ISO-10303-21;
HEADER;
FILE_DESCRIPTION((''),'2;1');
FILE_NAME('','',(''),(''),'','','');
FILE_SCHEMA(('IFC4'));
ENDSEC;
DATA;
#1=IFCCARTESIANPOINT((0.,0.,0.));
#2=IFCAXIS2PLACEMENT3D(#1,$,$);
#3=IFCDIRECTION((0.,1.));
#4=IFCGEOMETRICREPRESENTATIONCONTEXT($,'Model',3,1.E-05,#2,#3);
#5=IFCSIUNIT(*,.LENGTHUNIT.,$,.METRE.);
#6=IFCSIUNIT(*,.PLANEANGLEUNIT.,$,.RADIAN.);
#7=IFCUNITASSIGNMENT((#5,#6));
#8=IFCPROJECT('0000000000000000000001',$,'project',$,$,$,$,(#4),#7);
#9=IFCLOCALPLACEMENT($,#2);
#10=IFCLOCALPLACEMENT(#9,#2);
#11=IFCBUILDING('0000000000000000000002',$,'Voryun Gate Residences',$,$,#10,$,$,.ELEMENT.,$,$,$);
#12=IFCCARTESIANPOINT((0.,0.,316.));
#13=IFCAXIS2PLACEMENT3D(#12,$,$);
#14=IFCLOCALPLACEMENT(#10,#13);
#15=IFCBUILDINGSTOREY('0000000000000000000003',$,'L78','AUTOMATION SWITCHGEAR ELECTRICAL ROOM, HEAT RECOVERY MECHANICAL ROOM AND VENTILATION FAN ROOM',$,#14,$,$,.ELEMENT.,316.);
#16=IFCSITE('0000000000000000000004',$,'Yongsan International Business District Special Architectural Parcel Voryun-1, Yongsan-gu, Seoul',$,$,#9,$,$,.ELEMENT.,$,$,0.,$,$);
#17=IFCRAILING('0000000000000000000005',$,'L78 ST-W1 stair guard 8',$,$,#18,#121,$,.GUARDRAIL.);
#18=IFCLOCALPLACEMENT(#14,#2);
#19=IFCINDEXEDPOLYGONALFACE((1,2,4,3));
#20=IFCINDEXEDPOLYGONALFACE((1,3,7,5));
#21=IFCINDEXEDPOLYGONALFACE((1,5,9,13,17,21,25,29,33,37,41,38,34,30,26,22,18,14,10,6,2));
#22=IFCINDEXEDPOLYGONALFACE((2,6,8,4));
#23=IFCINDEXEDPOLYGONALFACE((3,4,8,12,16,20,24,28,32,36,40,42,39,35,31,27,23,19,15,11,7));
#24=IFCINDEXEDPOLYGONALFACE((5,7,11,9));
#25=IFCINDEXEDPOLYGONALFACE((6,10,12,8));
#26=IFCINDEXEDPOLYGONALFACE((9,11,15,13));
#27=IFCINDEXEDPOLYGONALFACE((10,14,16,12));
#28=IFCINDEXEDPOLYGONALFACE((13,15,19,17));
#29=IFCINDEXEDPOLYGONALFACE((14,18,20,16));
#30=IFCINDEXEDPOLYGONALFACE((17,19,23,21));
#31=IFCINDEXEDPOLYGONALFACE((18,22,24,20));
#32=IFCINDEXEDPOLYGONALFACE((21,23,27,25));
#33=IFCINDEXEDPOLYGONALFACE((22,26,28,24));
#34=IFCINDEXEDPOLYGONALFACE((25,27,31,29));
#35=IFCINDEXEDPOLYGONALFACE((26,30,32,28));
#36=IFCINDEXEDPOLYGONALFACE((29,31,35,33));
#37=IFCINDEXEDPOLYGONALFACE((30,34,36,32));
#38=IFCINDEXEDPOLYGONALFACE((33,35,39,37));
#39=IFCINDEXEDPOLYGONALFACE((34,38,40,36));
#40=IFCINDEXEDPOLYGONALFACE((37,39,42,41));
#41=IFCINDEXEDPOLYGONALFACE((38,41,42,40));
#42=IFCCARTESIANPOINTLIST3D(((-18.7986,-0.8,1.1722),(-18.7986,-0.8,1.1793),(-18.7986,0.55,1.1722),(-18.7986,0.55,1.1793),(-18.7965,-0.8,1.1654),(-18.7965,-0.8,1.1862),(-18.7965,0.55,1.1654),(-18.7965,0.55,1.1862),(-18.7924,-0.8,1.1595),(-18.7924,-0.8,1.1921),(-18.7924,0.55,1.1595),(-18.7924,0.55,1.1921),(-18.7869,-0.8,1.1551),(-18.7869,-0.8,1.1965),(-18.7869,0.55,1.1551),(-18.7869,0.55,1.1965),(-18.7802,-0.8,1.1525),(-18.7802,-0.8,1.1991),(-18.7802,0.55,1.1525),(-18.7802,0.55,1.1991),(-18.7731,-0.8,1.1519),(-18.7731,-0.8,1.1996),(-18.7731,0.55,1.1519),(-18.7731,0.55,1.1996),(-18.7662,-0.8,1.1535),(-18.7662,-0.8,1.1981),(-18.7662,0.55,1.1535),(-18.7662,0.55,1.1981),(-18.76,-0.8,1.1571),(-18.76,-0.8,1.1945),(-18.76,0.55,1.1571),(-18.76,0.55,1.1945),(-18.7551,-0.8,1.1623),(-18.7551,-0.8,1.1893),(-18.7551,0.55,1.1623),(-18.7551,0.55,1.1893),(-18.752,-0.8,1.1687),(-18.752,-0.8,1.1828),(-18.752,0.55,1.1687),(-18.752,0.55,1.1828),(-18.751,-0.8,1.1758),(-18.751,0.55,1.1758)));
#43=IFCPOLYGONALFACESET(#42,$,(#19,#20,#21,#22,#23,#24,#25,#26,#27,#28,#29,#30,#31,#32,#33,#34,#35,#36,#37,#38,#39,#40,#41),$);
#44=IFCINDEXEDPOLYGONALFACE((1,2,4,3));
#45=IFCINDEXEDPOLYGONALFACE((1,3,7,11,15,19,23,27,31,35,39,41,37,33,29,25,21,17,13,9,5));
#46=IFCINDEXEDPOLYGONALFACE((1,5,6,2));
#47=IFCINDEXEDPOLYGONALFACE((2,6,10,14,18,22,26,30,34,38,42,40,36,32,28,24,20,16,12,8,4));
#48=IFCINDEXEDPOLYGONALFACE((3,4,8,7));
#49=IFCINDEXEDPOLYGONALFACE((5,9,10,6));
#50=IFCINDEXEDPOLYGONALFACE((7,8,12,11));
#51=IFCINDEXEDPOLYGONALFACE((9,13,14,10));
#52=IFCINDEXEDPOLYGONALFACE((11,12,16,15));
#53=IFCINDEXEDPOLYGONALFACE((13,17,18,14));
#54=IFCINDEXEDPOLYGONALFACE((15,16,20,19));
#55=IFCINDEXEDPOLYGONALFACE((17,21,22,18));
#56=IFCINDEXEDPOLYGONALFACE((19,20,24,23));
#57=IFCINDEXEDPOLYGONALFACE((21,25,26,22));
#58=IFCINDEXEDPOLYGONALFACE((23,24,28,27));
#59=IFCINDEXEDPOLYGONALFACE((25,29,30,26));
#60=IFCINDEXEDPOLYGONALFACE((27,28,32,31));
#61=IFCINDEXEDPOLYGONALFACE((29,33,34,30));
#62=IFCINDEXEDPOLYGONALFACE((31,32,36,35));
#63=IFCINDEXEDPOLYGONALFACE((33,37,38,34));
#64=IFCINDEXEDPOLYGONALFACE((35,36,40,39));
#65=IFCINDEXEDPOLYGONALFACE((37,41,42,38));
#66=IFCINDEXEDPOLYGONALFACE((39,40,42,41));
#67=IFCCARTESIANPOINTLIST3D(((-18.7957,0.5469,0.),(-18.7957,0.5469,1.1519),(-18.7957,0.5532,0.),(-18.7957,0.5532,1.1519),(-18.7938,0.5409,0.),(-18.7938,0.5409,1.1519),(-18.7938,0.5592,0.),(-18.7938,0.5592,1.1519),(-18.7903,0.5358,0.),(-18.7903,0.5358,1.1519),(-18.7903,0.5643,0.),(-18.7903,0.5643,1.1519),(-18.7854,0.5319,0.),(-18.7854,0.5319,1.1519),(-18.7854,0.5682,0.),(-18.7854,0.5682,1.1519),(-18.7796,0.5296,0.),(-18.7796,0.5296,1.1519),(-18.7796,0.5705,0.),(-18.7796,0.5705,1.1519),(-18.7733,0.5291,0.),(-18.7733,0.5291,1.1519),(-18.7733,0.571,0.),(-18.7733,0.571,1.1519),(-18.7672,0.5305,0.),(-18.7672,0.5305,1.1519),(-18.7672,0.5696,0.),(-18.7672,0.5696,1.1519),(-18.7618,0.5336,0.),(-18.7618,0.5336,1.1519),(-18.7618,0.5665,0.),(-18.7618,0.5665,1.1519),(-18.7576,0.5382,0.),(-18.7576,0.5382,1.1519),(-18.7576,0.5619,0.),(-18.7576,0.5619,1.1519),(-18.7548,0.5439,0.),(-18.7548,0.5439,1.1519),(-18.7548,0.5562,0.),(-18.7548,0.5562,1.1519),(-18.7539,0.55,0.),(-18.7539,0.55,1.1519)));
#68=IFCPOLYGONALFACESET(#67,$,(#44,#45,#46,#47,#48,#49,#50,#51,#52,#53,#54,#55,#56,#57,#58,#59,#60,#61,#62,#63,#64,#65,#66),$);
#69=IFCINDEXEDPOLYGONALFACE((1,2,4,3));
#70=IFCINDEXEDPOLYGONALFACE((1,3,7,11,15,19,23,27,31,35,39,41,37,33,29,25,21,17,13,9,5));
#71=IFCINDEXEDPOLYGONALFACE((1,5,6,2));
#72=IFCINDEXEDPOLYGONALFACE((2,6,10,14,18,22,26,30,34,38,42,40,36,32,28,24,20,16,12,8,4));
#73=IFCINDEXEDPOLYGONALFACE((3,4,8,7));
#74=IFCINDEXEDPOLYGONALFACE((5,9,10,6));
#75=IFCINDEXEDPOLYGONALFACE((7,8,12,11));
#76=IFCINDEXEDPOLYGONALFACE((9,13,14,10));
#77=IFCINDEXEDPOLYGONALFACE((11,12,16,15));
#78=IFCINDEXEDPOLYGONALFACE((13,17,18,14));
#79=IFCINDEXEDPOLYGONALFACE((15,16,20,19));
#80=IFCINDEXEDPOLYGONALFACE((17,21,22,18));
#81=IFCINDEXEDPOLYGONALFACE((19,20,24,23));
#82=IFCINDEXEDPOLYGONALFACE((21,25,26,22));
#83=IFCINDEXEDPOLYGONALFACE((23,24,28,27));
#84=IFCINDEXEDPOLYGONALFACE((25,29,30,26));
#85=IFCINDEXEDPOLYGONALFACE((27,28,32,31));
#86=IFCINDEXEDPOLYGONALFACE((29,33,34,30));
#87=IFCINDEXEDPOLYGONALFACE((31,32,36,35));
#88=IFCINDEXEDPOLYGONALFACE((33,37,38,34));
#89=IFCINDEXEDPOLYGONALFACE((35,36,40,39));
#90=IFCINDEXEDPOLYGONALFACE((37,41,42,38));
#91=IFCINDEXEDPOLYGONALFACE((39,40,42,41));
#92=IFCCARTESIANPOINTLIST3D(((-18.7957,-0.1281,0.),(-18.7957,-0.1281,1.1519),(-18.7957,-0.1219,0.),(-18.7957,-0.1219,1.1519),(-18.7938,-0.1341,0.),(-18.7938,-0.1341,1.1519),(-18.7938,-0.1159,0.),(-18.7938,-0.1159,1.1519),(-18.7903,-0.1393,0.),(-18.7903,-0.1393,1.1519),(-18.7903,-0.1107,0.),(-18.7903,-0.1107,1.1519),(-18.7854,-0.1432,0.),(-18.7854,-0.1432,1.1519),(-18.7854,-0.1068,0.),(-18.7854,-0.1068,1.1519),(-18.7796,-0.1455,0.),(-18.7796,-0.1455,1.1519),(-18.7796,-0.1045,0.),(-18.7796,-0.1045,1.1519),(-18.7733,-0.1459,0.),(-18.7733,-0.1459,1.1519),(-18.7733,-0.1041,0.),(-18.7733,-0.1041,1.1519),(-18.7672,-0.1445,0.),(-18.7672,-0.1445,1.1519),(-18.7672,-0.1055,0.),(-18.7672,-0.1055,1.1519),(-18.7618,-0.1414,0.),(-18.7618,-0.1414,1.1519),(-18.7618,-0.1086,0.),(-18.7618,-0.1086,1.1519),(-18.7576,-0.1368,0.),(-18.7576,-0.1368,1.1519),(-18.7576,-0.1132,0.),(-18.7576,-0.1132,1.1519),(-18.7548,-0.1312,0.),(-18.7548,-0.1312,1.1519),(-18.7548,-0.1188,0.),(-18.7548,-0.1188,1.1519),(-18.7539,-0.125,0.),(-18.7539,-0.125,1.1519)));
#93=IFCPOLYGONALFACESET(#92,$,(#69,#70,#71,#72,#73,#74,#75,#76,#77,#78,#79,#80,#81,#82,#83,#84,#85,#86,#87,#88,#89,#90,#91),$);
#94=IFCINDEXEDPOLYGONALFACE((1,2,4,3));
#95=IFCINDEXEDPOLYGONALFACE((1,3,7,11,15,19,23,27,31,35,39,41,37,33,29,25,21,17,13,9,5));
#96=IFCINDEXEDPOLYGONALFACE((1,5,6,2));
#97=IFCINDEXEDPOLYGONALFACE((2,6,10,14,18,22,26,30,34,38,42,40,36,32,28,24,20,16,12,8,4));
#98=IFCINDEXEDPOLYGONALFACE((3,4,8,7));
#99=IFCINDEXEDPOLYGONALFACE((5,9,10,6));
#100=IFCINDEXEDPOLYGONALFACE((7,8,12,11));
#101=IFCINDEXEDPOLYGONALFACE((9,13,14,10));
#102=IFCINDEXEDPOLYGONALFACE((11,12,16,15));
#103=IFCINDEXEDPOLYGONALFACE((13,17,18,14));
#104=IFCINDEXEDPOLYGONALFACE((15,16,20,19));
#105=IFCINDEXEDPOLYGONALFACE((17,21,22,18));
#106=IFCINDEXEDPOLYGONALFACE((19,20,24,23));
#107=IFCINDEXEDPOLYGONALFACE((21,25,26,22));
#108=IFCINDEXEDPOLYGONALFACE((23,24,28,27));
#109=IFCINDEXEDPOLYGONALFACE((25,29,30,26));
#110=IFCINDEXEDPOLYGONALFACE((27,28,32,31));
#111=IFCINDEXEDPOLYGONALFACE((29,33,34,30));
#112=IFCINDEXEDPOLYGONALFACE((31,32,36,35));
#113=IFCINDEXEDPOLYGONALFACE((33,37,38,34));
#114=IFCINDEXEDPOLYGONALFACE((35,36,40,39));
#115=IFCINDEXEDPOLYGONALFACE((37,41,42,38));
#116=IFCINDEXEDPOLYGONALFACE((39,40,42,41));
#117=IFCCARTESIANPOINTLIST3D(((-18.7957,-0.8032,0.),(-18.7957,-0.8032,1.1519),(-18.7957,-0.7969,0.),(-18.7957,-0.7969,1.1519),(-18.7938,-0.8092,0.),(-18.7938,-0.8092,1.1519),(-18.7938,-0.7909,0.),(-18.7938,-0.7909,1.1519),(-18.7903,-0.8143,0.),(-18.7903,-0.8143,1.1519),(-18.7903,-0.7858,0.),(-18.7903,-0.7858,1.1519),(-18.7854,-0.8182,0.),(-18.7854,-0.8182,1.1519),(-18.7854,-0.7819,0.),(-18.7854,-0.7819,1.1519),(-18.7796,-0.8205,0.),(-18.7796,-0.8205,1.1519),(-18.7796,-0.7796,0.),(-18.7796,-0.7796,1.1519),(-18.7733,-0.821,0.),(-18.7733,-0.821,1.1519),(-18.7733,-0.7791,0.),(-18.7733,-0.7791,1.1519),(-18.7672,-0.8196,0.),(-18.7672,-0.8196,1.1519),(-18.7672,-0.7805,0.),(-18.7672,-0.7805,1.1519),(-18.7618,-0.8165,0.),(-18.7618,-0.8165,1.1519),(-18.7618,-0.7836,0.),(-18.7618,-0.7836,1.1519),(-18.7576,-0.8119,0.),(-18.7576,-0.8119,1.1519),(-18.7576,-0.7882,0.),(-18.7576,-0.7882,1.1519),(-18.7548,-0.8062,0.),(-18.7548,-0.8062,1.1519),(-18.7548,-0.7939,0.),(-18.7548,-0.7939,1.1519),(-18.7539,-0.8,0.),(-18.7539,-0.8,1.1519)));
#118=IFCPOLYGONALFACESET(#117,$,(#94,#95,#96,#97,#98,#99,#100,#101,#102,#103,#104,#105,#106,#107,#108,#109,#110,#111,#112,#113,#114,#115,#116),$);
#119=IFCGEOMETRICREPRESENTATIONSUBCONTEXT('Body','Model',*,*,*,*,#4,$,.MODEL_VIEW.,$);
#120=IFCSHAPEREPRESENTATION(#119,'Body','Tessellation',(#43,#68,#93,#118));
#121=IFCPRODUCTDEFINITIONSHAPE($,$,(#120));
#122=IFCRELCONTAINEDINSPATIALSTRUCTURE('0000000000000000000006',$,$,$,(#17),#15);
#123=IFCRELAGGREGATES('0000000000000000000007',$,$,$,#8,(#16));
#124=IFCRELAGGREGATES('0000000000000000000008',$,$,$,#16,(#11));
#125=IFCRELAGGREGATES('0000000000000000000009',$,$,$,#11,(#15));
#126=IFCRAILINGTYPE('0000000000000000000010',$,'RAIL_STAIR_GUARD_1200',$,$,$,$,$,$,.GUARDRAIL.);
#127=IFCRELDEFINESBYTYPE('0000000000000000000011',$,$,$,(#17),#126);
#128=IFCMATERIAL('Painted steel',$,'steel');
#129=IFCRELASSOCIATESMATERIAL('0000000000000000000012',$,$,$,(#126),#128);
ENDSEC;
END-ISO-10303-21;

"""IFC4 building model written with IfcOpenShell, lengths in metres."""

from ifc_helpers import new_model, si_unit, direction, frame, origin, origin_2d, place, context, subcontext, project, spatial, circle, extrude, material, type_object, element, save


model = new_model("IFC4")

# Units and contexts
model_context = context("Model", 3, precision=1e-05, world=origin(), true_north=direction((0.0, 1.0)))
body_context = subcontext(model_context, "Body", "Model", "MODEL_VIEW")
ifc_project = project(units=[si_unit("LENGTHUNIT", "METRE"), si_unit("PLANEANGLEUNIT", "RADIAN")], contexts=[model_context])

# Site, building, storey
site_placement = place(None, origin())
site = spatial("IfcSite", under=ifc_project, at=site_placement, Name="Yongsan International Business District Special Architectural Parcel Voryun-1, Yongsan-gu, Seoul", CompositionType="ELEMENT", RefElevation=0.0)
building_placement = place(site_placement, origin())
building = spatial("IfcBuilding", under=site, at=building_placement, Name="Voryun Gate Residences", CompositionType="ELEMENT")
storey_placement = place(building_placement, frame((0.0, 0.0, 316.0)))
storey = spatial("IfcBuildingStorey", under=building, at=storey_placement, Name="L78", Description="AUTOMATION SWITCHGEAR ELECTRICAL ROOM, HEAT RECOVERY MECHANICAL ROOM AND VENTILATION FAN ROOM", CompositionType="ELEMENT", Elevation=316.0)

# Railing
ifc_material_1 = material(Name="Painted steel", Category="steel")
railing_type = type_object("IfcRailingType", Name="RAIL_STAIR_GUARD_1200", PredefinedType="GUARDRAIL", material=ifc_material_1)
railing_placement = place(storey_placement, frame((-18.7749, 0.55, 0.0)))
element("IfcRailing", 1, at=railing_placement, inside=storey, type_object=railing_type, Name="L78 ST-W1 stair guard 8", PredefinedType="GUARDRAIL", context=body_context, shape_type="SweptSolid", body=[
    extrude(circle(Radius=0.0239, at=origin_2d()), frame((0.0, 0.0, 1.1758), z_axis=(0.0, -1.0, 0.0), x_axis=(1.0, 0.0, 0.0)), (0.0, 0.0, 1.0), 1.3501),
    extrude(circle(Radius=0.021, at=origin_2d()), origin(), (0.0, 0.0, 1.0), 1.1519),
    extrude(circle(Radius=0.021, at=origin_2d()), frame((0.0, -0.675, 0.0)), (0.0, 0.0, 1.0), 1.1519),
    extrude(circle(Radius=0.021, at=origin_2d()), frame((0.0, -1.3501, 0.0)), (0.0, 0.0, 1.0), 1.1519),
])

save(model, "model.ifc")
